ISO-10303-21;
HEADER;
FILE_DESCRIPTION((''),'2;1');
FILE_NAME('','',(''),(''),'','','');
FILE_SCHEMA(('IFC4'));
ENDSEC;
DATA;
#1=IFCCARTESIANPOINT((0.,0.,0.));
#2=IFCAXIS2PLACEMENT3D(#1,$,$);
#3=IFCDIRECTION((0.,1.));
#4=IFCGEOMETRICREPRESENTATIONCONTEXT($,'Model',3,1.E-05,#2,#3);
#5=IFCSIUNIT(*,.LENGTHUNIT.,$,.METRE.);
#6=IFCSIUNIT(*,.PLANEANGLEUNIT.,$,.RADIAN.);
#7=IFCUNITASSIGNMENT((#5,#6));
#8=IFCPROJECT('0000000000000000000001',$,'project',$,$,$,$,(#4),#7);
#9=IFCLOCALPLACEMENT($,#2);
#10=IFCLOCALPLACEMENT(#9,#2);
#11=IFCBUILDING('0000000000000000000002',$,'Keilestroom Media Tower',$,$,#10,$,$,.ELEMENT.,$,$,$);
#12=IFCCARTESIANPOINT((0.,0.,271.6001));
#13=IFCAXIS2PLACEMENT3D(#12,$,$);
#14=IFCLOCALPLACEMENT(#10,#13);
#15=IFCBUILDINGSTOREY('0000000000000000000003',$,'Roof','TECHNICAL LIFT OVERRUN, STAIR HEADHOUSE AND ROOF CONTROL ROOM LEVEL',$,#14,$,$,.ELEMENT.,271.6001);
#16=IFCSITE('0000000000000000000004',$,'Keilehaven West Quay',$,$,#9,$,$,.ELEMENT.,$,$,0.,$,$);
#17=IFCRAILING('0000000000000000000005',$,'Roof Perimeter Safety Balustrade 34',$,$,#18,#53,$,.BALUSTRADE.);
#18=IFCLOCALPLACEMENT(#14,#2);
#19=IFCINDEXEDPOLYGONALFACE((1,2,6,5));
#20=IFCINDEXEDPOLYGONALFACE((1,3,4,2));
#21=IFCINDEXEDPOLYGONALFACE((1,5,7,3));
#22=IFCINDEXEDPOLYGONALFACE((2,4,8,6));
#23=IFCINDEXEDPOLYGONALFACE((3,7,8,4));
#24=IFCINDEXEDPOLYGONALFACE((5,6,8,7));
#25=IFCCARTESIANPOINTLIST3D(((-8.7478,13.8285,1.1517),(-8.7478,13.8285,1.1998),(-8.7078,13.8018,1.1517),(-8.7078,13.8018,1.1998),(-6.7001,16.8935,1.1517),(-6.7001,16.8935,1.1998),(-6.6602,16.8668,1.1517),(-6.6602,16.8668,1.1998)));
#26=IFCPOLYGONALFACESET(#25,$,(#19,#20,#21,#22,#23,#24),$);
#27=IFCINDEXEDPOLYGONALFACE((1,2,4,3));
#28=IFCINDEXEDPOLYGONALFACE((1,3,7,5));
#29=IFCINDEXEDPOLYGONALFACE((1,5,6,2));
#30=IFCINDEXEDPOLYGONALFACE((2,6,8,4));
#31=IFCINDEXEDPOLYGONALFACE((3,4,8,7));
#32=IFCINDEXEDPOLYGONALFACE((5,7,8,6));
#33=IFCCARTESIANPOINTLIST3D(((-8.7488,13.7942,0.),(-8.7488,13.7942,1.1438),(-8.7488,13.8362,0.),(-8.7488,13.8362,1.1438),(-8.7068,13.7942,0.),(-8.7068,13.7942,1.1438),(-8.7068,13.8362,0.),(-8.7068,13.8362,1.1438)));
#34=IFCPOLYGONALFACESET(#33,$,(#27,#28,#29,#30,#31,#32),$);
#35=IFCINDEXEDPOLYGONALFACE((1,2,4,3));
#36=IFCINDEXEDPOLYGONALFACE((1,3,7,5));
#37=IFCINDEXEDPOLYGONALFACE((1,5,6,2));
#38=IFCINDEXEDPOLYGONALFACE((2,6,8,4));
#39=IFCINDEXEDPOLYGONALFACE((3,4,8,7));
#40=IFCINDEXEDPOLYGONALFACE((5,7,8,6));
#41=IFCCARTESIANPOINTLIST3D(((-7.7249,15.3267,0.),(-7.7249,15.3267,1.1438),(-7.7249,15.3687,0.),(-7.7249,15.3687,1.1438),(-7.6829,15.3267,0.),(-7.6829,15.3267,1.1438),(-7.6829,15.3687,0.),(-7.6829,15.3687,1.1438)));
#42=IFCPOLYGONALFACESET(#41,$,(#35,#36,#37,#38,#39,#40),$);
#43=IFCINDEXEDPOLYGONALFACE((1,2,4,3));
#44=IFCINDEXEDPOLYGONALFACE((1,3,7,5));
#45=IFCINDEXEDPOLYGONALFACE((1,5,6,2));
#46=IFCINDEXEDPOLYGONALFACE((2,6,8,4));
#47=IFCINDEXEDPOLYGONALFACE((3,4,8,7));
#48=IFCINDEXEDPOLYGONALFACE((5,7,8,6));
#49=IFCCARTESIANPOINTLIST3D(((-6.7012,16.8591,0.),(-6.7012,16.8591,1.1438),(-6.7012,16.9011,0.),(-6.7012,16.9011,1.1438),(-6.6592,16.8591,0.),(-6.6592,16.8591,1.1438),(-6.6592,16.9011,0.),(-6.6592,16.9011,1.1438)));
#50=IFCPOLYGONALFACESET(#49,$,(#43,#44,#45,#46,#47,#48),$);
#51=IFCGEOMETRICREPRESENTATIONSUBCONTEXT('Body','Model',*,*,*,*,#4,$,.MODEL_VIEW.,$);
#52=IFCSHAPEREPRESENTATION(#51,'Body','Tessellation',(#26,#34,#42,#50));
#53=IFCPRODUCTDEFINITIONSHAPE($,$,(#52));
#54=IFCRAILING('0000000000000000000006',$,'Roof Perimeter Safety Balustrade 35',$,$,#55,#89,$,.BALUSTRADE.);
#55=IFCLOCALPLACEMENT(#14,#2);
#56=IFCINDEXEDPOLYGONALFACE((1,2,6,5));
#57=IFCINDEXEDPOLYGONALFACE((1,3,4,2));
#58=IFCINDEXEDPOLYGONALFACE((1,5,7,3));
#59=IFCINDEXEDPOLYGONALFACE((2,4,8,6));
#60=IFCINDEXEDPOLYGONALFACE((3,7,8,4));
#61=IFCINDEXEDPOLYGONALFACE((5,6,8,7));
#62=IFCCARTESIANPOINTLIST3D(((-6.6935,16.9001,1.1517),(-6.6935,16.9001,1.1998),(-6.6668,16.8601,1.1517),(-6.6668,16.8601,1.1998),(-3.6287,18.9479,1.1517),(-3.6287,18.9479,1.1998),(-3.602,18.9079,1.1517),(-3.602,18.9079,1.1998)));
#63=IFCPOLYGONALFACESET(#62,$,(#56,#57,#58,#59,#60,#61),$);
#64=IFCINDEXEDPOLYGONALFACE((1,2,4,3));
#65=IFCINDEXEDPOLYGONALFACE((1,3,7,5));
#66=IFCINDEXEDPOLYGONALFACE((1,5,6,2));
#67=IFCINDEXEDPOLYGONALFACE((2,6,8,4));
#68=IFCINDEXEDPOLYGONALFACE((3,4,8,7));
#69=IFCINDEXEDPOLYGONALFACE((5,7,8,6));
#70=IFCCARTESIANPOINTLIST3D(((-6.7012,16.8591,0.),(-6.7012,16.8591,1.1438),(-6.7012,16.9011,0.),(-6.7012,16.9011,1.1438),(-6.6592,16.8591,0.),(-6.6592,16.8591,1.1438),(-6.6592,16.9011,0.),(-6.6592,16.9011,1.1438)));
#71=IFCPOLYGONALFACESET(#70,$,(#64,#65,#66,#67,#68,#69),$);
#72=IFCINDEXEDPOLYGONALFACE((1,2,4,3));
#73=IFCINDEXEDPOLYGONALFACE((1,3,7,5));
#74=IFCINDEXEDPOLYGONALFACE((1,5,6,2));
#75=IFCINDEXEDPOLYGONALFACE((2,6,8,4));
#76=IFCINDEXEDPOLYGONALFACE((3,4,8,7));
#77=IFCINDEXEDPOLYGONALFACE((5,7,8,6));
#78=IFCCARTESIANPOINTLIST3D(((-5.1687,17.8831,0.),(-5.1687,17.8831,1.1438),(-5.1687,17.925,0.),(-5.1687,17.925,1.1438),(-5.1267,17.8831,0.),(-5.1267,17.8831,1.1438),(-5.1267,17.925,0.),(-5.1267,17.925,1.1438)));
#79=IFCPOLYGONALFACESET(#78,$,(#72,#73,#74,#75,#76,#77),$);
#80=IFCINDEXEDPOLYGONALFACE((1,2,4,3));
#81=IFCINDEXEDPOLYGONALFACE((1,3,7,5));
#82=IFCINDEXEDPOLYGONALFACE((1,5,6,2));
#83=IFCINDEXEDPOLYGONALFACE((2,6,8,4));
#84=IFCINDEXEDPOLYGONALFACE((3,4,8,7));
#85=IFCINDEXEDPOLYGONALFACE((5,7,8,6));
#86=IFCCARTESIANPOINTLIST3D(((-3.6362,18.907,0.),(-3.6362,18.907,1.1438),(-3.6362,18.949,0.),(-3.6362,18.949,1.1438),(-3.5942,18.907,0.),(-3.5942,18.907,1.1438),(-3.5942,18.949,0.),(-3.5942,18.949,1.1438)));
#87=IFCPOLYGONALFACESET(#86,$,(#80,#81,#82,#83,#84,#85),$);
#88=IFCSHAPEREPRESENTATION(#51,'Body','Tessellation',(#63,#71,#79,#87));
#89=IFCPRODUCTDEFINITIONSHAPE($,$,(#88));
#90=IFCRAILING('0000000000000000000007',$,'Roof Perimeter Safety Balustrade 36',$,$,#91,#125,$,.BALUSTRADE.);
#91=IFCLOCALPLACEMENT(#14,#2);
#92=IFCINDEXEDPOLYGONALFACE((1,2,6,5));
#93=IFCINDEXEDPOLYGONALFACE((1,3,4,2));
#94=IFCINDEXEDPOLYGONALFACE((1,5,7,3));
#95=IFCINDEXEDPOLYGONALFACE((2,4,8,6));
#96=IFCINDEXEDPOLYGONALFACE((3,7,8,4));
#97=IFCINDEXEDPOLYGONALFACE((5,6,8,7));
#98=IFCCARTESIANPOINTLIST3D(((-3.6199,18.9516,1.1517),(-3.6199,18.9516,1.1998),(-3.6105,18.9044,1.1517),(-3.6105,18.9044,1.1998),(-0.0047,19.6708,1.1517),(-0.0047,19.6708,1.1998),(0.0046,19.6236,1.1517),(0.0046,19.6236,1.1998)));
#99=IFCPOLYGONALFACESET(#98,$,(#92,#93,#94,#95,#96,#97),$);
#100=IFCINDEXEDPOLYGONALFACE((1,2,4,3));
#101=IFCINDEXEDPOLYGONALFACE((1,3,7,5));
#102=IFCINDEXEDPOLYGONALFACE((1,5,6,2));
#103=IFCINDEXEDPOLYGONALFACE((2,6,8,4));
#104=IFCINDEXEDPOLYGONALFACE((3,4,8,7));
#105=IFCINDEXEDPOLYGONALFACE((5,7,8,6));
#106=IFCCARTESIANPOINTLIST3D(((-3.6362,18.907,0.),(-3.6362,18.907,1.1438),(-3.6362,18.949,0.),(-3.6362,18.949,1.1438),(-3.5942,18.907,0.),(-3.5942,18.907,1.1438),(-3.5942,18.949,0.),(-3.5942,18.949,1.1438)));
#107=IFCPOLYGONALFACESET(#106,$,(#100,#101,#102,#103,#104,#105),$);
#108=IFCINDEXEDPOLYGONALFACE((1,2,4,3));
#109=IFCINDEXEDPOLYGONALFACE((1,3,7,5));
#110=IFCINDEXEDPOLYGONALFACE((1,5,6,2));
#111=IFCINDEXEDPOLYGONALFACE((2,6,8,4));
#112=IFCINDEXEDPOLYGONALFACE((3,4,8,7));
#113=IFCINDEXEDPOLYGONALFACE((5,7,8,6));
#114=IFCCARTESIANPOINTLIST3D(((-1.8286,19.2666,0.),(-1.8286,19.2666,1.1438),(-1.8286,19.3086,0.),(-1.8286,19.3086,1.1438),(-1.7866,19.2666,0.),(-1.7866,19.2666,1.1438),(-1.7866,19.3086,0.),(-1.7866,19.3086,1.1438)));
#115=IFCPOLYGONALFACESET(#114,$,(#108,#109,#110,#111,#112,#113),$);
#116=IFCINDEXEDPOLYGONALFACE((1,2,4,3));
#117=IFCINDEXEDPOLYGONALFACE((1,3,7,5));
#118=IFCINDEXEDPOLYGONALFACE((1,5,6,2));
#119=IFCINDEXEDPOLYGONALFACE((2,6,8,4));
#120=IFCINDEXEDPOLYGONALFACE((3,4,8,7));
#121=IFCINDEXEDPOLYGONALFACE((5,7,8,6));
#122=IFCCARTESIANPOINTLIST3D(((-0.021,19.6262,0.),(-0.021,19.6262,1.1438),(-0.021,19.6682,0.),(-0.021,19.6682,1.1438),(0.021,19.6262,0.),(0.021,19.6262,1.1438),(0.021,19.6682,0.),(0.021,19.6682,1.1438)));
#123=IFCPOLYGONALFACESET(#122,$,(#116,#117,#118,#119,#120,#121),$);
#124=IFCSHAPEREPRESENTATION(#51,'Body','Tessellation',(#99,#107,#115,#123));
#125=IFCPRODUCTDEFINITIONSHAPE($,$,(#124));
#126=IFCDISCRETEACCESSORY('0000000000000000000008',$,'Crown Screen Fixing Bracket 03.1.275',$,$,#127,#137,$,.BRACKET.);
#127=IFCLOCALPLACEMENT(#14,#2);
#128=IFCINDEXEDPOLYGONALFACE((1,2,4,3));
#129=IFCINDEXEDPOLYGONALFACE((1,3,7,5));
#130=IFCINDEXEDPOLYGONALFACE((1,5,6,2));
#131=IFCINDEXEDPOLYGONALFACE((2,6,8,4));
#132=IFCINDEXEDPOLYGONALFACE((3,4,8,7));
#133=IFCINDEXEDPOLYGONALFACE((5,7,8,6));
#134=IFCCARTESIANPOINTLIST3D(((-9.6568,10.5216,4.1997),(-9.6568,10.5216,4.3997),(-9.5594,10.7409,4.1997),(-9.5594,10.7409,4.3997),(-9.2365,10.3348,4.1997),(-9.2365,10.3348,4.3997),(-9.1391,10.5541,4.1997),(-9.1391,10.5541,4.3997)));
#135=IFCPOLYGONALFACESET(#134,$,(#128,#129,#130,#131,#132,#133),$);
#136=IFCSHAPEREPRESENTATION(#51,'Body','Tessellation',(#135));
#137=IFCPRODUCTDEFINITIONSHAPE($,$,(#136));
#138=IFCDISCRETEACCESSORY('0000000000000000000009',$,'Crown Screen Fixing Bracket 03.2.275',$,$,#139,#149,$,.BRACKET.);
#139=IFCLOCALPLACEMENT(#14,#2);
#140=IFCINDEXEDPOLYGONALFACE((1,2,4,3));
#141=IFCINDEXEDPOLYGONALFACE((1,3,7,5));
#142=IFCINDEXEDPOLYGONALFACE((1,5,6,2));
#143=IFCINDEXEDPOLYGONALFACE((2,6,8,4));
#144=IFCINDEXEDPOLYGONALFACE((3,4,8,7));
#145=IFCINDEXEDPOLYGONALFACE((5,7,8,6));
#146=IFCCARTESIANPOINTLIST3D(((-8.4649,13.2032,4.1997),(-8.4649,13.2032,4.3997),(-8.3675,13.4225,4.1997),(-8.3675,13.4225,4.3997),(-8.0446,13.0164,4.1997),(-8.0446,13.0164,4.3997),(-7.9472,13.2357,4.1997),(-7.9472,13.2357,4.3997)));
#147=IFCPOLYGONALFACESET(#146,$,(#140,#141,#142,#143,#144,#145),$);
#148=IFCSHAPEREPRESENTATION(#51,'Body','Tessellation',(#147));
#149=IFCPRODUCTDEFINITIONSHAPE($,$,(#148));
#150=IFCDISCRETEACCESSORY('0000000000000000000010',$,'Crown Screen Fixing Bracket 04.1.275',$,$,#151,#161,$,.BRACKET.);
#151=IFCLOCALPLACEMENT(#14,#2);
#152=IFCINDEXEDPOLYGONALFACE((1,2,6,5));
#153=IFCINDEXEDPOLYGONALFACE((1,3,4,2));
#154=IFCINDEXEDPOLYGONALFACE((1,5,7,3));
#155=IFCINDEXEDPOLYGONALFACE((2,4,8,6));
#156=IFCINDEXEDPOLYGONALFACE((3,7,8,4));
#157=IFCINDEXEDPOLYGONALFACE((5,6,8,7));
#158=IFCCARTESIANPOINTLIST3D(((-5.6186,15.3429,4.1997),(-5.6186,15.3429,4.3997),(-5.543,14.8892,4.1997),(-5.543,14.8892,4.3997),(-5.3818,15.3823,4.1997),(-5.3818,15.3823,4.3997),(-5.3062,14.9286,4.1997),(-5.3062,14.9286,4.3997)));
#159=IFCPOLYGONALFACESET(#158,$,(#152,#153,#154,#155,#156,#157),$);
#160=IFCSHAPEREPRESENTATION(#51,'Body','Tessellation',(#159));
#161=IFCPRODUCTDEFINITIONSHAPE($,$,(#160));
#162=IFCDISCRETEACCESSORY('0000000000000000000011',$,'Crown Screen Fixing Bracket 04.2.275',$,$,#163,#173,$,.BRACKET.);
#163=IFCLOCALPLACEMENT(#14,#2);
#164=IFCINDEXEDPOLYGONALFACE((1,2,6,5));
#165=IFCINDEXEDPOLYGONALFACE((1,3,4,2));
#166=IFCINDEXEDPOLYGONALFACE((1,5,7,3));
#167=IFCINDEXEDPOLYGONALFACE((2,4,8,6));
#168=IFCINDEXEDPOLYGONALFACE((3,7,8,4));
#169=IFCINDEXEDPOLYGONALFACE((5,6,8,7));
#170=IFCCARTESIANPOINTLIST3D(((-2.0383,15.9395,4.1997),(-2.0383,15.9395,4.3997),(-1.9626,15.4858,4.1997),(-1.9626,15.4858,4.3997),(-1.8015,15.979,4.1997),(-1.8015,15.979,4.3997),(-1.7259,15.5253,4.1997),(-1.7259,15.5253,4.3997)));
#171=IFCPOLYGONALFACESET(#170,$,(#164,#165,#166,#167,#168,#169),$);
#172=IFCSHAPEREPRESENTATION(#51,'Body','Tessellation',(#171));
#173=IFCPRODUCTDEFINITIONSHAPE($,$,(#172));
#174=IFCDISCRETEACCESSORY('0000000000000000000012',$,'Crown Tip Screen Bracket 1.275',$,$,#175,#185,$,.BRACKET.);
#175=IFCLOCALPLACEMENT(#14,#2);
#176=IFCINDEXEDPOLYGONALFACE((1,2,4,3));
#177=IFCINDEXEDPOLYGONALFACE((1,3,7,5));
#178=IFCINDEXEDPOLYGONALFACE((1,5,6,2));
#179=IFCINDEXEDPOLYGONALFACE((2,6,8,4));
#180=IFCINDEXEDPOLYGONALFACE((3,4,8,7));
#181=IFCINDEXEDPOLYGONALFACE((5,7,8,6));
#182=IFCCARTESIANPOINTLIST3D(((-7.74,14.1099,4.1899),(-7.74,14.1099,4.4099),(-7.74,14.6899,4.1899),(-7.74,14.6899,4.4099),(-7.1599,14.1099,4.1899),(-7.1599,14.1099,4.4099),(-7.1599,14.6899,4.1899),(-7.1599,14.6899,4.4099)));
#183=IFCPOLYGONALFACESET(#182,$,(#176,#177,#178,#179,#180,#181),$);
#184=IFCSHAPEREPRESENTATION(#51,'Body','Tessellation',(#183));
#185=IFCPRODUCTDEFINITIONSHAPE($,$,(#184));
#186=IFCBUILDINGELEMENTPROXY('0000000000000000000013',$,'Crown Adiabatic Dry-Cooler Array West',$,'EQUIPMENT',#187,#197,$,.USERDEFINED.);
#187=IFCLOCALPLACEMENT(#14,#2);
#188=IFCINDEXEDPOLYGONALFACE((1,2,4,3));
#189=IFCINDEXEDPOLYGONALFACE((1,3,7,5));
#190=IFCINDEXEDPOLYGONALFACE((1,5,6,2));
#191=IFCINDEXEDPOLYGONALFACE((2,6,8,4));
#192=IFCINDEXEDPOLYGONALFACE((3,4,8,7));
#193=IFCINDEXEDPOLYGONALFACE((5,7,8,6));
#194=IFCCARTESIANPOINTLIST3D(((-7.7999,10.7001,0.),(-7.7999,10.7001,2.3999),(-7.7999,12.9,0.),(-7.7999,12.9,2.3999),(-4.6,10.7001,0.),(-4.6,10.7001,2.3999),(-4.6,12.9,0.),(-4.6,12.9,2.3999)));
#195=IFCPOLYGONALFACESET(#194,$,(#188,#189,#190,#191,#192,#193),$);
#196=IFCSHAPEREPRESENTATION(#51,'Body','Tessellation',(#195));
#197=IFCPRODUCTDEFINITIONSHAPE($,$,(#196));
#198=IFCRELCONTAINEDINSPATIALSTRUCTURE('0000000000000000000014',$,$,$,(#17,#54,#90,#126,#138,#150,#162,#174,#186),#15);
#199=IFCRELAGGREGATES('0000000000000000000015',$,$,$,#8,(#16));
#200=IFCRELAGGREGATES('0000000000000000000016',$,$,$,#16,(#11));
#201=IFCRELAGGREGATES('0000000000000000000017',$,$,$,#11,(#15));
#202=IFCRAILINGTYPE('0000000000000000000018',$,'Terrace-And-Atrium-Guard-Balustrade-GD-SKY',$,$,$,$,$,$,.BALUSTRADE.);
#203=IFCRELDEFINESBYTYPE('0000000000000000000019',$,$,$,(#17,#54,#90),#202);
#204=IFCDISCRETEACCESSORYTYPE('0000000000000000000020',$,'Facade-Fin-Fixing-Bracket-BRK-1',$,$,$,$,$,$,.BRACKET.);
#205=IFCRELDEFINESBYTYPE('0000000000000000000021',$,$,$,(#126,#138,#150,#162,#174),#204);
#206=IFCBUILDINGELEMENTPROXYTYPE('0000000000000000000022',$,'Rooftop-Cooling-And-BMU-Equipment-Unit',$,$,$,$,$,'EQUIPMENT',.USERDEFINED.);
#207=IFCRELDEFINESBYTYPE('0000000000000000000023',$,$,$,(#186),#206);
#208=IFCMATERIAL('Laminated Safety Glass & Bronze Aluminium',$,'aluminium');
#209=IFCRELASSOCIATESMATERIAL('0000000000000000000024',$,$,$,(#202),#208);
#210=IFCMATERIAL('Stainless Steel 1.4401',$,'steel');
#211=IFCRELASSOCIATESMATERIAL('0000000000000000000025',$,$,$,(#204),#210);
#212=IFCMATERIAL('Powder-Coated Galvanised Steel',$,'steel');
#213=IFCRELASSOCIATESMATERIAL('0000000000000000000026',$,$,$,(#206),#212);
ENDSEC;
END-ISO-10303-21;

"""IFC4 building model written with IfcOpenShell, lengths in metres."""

from ifc_helpers import new_model, si_unit, direction, frame, origin, origin_2d, place, context, subcontext, project, spatial, rectangle, extrude, source, transform, mapped, material, type_object, element, save


model = new_model("IFC4")

# Units and contexts
model_context = context("Model", 3, precision=1e-05, world=origin(), true_north=direction((0.0, 1.0)))
body_context = subcontext(model_context, "Body", "Model", "MODEL_VIEW")
ifc_project = project(units=[si_unit("LENGTHUNIT", "METRE"), si_unit("PLANEANGLEUNIT", "RADIAN")], contexts=[model_context])

# Site, building, storey
site_placement = place(None, origin())
site = spatial("IfcSite", under=ifc_project, at=site_placement, Name="Keilehaven West Quay", CompositionType="ELEMENT", RefElevation=0.0)
building_placement = place(site_placement, origin())
building = spatial("IfcBuilding", under=site, at=building_placement, Name="Keilestroom Media Tower", CompositionType="ELEMENT")
storey_placement = place(building_placement, frame((0.0, 0.0, 271.6001)))
storey = spatial("IfcBuildingStorey", under=building, at=storey_placement, Name="Roof", Description="TECHNICAL LIFT OVERRUN, STAIR HEADHOUSE AND ROOF CONTROL ROOM LEVEL", CompositionType="ELEMENT", Elevation=271.6001)

# Railings
ifc_material_1 = material(Name="Laminated Safety Glass & Bronze Aluminium", Category="aluminium")
railing_type = type_object("IfcRailingType", Name="Terrace-And-Atrium-Guard-Balustrade-GD-SKY", PredefinedType="BALUSTRADE", material=ifc_material_1)
railing_1_placement = place(storey_placement, frame((-8.7278, 13.8152, 0.0)))
element("IfcRailing", 1, at=railing_1_placement, inside=storey, type_object=railing_type, Name="Roof Perimeter Safety Balustrade 34", PredefinedType="BALUSTRADE", context=body_context, shape_type="SweptSolid", body=[
    extrude(rectangle(XDim=0.0481, YDim=0.0481, at=origin_2d()), frame((0.0, 0.0, 1.1758), z_axis=(0.55551, 0.83151, 0.0), x_axis=(-0.83151, 0.55551, 0.0)), (0.0, 0.0, 1.0), 3.686),
    extrude(rectangle(XDim=0.042, YDim=0.042, at=origin_2d()), origin(), (0.0, 0.0, 1.0), 1.1438),
    extrude(rectangle(XDim=0.042, YDim=0.042, at=origin_2d()), frame((1.0239, 1.5325, 0.0)), (0.0, 0.0, 1.0), 1.1438),
    extrude(rectangle(XDim=0.042, YDim=0.042, at=origin_2d()), frame((2.0476, 3.0649, 0.0)), (0.0, 0.0, 1.0), 1.1438),
])
railing_2_placement = place(storey_placement, frame((-6.6802, 16.8801, 0.0)))
element("IfcRailing", 2, at=railing_2_placement, inside=storey, type_object=railing_type, Name="Roof Perimeter Safety Balustrade 35", PredefinedType="BALUSTRADE", context=body_context, shape_type="SweptSolid", body=[
    extrude(rectangle(XDim=0.0481, YDim=0.0481, at=origin_2d()), frame((0.0, 0.0, 1.1758), z_axis=(0.831479, 0.555556, 0.0), x_axis=(-0.555556, 0.831479, 0.0)), (0.0, 0.0, 1.0), 3.686),
    extrude(rectangle(XDim=0.042, YDim=0.042, at=origin_2d()), origin(), (0.0, 0.0, 1.0), 1.1438),
    extrude(rectangle(XDim=0.042, YDim=0.042, at=origin_2d()), frame((1.5325, 1.0239, 0.0)), (0.0, 0.0, 1.0), 1.1438),
    extrude(rectangle(XDim=0.042, YDim=0.042, at=origin_2d()), frame((3.0649, 2.0479, 0.0)), (0.0, 0.0, 1.0), 1.1438),
])
railing_3_placement = place(storey_placement, frame((-3.6152, 18.928, 0.0)))
element("IfcRailing", 3, at=railing_3_placement, inside=storey, type_object=railing_type, Name="Roof Perimeter Safety Balustrade 36", PredefinedType="BALUSTRADE", context=body_context, shape_type="SweptSolid", body=[
    extrude(rectangle(XDim=0.0481, YDim=0.0481, at=origin_2d()), frame((0.0, 0.0, 1.1758), z_axis=(0.980779, 0.195123, 0.0), x_axis=(-0.195123, 0.980779, 0.0)), (0.0, 0.0, 1.0), 3.686),
    extrude(rectangle(XDim=0.042, YDim=0.042, at=origin_2d()), origin(), (0.0, 0.0, 1.0), 1.1438),
    extrude(rectangle(XDim=0.042, YDim=0.042, at=origin_2d()), frame((1.8076, 0.3596, 0.0)), (0.0, 0.0, 1.0), 1.1438),
    extrude(rectangle(XDim=0.042, YDim=0.042, at=origin_2d()), frame((3.6152, 0.7192, 0.0)), (0.0, 0.0, 1.0), 1.1438),
])

# Discrete accessories
ifc_material_2 = material(Name="Stainless Steel 1.4401", Category="steel")
discrete_accessory_type = type_object("IfcDiscreteAccessoryType", Name="Facade-Fin-Fixing-Bracket-BRK-1", PredefinedType="BRACKET", material=ifc_material_2)
shared_shape_1 = source(origin(), body_context, "Body", "SweptSolid", [
    extrude(rectangle(XDim=0.24, YDim=0.46, at=origin_2d()), origin(), (0.0, 0.0, 1.0), 0.2),
])
for number, where, z_axis, x_axis, name in (
    (4, (-9.3979, 10.5378, 4.1997), (0.0, 0.0, 1.0), (0.406139, 0.913811, 0.0), "Crown Screen Fixing Bracket 03.1.275"),
    (5, (-8.2061, 13.2195, 4.1997), (0.0, 0.0, 1.0), (0.406139, 0.913811, 0.0), "Crown Screen Fixing Bracket 03.2.275"),
    (6, (-5.4624, 15.1357, 4.1997), (0.0, 0.0, 1.0), (0.986394, 0.164399, 0.0), "Crown Screen Fixing Bracket 04.1.275"),
    (7, (-1.8821, 15.7324, 4.1997), (0.0, 0.0, 1.0), (0.986394, 0.164399, 0.0), "Crown Screen Fixing Bracket 04.2.275"),
):
    element("IfcDiscreteAccessory", number, at=place(storey_placement, frame(where, z_axis=z_axis, x_axis=x_axis)), inside=storey, type_object=discrete_accessory_type, Name=name, PredefinedType="BRACKET", context=body_context, shape_type="MappedRepresentation", body=[
        mapped(shared_shape_1, transform((0.0, 0.0, 0.0), x_axis=(1.0, 0.0, 0.0), y_axis=(0.0, 1.0, 0.0), z_axis=(0.0, 0.0, 1.0), scale=1.0)),
    ])
shared_shape_2 = source(origin(), body_context, "Body", "SweptSolid", [
    extrude(rectangle(XDim=0.5801, YDim=0.5801, at=origin_2d()), origin(), (0.0, 0.0, 1.0), 0.22),
])
discrete_accessory_placement = place(storey_placement, frame((-7.45, 14.3999, 4.1899), z_axis=(0.0, 0.0, 1.0), x_axis=(1.0, 0.0, 0.0)))
element("IfcDiscreteAccessory", 8, at=discrete_accessory_placement, inside=storey, type_object=discrete_accessory_type, Name="Crown Tip Screen Bracket 1.275", PredefinedType="BRACKET", context=body_context, shape_type="MappedRepresentation", body=[
    mapped(shared_shape_2, transform((0.0, 0.0, 0.0), x_axis=(1.0, 0.0, 0.0), y_axis=(0.0, 1.0, 0.0), z_axis=(0.0, 0.0, 1.0), scale=1.0)),
])

# Building element proxy
ifc_material_3 = material(Name="Powder-Coated Galvanised Steel", Category="steel")
building_element_proxy_type = type_object("IfcBuildingElementProxyType", Name="Rooftop-Cooling-And-BMU-Equipment-Unit", ElementType="EQUIPMENT", PredefinedType="USERDEFINED", material=ifc_material_3)
shared_shape_3 = source(origin(), body_context, "Body", "SweptSolid", [
    extrude(rectangle(XDim=3.2, YDim=2.2, at=origin_2d()), origin(), (0.0, 0.0, 1.0), 2.3999),
])
proxy_placement = place(storey_placement, frame((-6.2, 11.8, 0.0), z_axis=(0.0, 0.0, 1.0), x_axis=(1.0, 0.0, 0.0)))
element("IfcBuildingElementProxy", 9, at=proxy_placement, inside=storey, type_object=building_element_proxy_type, Name="Crown Adiabatic Dry-Cooler Array West", ObjectType="EQUIPMENT", PredefinedType="USERDEFINED", context=body_context, shape_type="MappedRepresentation", body=[
    mapped(shared_shape_3, transform((0.0, 0.0, 0.0), x_axis=(1.0, 0.0, 0.0), y_axis=(0.0, 1.0, 0.0), z_axis=(0.0, 0.0, 1.0), scale=1.0)),
])

save(model, "model.ifc")
